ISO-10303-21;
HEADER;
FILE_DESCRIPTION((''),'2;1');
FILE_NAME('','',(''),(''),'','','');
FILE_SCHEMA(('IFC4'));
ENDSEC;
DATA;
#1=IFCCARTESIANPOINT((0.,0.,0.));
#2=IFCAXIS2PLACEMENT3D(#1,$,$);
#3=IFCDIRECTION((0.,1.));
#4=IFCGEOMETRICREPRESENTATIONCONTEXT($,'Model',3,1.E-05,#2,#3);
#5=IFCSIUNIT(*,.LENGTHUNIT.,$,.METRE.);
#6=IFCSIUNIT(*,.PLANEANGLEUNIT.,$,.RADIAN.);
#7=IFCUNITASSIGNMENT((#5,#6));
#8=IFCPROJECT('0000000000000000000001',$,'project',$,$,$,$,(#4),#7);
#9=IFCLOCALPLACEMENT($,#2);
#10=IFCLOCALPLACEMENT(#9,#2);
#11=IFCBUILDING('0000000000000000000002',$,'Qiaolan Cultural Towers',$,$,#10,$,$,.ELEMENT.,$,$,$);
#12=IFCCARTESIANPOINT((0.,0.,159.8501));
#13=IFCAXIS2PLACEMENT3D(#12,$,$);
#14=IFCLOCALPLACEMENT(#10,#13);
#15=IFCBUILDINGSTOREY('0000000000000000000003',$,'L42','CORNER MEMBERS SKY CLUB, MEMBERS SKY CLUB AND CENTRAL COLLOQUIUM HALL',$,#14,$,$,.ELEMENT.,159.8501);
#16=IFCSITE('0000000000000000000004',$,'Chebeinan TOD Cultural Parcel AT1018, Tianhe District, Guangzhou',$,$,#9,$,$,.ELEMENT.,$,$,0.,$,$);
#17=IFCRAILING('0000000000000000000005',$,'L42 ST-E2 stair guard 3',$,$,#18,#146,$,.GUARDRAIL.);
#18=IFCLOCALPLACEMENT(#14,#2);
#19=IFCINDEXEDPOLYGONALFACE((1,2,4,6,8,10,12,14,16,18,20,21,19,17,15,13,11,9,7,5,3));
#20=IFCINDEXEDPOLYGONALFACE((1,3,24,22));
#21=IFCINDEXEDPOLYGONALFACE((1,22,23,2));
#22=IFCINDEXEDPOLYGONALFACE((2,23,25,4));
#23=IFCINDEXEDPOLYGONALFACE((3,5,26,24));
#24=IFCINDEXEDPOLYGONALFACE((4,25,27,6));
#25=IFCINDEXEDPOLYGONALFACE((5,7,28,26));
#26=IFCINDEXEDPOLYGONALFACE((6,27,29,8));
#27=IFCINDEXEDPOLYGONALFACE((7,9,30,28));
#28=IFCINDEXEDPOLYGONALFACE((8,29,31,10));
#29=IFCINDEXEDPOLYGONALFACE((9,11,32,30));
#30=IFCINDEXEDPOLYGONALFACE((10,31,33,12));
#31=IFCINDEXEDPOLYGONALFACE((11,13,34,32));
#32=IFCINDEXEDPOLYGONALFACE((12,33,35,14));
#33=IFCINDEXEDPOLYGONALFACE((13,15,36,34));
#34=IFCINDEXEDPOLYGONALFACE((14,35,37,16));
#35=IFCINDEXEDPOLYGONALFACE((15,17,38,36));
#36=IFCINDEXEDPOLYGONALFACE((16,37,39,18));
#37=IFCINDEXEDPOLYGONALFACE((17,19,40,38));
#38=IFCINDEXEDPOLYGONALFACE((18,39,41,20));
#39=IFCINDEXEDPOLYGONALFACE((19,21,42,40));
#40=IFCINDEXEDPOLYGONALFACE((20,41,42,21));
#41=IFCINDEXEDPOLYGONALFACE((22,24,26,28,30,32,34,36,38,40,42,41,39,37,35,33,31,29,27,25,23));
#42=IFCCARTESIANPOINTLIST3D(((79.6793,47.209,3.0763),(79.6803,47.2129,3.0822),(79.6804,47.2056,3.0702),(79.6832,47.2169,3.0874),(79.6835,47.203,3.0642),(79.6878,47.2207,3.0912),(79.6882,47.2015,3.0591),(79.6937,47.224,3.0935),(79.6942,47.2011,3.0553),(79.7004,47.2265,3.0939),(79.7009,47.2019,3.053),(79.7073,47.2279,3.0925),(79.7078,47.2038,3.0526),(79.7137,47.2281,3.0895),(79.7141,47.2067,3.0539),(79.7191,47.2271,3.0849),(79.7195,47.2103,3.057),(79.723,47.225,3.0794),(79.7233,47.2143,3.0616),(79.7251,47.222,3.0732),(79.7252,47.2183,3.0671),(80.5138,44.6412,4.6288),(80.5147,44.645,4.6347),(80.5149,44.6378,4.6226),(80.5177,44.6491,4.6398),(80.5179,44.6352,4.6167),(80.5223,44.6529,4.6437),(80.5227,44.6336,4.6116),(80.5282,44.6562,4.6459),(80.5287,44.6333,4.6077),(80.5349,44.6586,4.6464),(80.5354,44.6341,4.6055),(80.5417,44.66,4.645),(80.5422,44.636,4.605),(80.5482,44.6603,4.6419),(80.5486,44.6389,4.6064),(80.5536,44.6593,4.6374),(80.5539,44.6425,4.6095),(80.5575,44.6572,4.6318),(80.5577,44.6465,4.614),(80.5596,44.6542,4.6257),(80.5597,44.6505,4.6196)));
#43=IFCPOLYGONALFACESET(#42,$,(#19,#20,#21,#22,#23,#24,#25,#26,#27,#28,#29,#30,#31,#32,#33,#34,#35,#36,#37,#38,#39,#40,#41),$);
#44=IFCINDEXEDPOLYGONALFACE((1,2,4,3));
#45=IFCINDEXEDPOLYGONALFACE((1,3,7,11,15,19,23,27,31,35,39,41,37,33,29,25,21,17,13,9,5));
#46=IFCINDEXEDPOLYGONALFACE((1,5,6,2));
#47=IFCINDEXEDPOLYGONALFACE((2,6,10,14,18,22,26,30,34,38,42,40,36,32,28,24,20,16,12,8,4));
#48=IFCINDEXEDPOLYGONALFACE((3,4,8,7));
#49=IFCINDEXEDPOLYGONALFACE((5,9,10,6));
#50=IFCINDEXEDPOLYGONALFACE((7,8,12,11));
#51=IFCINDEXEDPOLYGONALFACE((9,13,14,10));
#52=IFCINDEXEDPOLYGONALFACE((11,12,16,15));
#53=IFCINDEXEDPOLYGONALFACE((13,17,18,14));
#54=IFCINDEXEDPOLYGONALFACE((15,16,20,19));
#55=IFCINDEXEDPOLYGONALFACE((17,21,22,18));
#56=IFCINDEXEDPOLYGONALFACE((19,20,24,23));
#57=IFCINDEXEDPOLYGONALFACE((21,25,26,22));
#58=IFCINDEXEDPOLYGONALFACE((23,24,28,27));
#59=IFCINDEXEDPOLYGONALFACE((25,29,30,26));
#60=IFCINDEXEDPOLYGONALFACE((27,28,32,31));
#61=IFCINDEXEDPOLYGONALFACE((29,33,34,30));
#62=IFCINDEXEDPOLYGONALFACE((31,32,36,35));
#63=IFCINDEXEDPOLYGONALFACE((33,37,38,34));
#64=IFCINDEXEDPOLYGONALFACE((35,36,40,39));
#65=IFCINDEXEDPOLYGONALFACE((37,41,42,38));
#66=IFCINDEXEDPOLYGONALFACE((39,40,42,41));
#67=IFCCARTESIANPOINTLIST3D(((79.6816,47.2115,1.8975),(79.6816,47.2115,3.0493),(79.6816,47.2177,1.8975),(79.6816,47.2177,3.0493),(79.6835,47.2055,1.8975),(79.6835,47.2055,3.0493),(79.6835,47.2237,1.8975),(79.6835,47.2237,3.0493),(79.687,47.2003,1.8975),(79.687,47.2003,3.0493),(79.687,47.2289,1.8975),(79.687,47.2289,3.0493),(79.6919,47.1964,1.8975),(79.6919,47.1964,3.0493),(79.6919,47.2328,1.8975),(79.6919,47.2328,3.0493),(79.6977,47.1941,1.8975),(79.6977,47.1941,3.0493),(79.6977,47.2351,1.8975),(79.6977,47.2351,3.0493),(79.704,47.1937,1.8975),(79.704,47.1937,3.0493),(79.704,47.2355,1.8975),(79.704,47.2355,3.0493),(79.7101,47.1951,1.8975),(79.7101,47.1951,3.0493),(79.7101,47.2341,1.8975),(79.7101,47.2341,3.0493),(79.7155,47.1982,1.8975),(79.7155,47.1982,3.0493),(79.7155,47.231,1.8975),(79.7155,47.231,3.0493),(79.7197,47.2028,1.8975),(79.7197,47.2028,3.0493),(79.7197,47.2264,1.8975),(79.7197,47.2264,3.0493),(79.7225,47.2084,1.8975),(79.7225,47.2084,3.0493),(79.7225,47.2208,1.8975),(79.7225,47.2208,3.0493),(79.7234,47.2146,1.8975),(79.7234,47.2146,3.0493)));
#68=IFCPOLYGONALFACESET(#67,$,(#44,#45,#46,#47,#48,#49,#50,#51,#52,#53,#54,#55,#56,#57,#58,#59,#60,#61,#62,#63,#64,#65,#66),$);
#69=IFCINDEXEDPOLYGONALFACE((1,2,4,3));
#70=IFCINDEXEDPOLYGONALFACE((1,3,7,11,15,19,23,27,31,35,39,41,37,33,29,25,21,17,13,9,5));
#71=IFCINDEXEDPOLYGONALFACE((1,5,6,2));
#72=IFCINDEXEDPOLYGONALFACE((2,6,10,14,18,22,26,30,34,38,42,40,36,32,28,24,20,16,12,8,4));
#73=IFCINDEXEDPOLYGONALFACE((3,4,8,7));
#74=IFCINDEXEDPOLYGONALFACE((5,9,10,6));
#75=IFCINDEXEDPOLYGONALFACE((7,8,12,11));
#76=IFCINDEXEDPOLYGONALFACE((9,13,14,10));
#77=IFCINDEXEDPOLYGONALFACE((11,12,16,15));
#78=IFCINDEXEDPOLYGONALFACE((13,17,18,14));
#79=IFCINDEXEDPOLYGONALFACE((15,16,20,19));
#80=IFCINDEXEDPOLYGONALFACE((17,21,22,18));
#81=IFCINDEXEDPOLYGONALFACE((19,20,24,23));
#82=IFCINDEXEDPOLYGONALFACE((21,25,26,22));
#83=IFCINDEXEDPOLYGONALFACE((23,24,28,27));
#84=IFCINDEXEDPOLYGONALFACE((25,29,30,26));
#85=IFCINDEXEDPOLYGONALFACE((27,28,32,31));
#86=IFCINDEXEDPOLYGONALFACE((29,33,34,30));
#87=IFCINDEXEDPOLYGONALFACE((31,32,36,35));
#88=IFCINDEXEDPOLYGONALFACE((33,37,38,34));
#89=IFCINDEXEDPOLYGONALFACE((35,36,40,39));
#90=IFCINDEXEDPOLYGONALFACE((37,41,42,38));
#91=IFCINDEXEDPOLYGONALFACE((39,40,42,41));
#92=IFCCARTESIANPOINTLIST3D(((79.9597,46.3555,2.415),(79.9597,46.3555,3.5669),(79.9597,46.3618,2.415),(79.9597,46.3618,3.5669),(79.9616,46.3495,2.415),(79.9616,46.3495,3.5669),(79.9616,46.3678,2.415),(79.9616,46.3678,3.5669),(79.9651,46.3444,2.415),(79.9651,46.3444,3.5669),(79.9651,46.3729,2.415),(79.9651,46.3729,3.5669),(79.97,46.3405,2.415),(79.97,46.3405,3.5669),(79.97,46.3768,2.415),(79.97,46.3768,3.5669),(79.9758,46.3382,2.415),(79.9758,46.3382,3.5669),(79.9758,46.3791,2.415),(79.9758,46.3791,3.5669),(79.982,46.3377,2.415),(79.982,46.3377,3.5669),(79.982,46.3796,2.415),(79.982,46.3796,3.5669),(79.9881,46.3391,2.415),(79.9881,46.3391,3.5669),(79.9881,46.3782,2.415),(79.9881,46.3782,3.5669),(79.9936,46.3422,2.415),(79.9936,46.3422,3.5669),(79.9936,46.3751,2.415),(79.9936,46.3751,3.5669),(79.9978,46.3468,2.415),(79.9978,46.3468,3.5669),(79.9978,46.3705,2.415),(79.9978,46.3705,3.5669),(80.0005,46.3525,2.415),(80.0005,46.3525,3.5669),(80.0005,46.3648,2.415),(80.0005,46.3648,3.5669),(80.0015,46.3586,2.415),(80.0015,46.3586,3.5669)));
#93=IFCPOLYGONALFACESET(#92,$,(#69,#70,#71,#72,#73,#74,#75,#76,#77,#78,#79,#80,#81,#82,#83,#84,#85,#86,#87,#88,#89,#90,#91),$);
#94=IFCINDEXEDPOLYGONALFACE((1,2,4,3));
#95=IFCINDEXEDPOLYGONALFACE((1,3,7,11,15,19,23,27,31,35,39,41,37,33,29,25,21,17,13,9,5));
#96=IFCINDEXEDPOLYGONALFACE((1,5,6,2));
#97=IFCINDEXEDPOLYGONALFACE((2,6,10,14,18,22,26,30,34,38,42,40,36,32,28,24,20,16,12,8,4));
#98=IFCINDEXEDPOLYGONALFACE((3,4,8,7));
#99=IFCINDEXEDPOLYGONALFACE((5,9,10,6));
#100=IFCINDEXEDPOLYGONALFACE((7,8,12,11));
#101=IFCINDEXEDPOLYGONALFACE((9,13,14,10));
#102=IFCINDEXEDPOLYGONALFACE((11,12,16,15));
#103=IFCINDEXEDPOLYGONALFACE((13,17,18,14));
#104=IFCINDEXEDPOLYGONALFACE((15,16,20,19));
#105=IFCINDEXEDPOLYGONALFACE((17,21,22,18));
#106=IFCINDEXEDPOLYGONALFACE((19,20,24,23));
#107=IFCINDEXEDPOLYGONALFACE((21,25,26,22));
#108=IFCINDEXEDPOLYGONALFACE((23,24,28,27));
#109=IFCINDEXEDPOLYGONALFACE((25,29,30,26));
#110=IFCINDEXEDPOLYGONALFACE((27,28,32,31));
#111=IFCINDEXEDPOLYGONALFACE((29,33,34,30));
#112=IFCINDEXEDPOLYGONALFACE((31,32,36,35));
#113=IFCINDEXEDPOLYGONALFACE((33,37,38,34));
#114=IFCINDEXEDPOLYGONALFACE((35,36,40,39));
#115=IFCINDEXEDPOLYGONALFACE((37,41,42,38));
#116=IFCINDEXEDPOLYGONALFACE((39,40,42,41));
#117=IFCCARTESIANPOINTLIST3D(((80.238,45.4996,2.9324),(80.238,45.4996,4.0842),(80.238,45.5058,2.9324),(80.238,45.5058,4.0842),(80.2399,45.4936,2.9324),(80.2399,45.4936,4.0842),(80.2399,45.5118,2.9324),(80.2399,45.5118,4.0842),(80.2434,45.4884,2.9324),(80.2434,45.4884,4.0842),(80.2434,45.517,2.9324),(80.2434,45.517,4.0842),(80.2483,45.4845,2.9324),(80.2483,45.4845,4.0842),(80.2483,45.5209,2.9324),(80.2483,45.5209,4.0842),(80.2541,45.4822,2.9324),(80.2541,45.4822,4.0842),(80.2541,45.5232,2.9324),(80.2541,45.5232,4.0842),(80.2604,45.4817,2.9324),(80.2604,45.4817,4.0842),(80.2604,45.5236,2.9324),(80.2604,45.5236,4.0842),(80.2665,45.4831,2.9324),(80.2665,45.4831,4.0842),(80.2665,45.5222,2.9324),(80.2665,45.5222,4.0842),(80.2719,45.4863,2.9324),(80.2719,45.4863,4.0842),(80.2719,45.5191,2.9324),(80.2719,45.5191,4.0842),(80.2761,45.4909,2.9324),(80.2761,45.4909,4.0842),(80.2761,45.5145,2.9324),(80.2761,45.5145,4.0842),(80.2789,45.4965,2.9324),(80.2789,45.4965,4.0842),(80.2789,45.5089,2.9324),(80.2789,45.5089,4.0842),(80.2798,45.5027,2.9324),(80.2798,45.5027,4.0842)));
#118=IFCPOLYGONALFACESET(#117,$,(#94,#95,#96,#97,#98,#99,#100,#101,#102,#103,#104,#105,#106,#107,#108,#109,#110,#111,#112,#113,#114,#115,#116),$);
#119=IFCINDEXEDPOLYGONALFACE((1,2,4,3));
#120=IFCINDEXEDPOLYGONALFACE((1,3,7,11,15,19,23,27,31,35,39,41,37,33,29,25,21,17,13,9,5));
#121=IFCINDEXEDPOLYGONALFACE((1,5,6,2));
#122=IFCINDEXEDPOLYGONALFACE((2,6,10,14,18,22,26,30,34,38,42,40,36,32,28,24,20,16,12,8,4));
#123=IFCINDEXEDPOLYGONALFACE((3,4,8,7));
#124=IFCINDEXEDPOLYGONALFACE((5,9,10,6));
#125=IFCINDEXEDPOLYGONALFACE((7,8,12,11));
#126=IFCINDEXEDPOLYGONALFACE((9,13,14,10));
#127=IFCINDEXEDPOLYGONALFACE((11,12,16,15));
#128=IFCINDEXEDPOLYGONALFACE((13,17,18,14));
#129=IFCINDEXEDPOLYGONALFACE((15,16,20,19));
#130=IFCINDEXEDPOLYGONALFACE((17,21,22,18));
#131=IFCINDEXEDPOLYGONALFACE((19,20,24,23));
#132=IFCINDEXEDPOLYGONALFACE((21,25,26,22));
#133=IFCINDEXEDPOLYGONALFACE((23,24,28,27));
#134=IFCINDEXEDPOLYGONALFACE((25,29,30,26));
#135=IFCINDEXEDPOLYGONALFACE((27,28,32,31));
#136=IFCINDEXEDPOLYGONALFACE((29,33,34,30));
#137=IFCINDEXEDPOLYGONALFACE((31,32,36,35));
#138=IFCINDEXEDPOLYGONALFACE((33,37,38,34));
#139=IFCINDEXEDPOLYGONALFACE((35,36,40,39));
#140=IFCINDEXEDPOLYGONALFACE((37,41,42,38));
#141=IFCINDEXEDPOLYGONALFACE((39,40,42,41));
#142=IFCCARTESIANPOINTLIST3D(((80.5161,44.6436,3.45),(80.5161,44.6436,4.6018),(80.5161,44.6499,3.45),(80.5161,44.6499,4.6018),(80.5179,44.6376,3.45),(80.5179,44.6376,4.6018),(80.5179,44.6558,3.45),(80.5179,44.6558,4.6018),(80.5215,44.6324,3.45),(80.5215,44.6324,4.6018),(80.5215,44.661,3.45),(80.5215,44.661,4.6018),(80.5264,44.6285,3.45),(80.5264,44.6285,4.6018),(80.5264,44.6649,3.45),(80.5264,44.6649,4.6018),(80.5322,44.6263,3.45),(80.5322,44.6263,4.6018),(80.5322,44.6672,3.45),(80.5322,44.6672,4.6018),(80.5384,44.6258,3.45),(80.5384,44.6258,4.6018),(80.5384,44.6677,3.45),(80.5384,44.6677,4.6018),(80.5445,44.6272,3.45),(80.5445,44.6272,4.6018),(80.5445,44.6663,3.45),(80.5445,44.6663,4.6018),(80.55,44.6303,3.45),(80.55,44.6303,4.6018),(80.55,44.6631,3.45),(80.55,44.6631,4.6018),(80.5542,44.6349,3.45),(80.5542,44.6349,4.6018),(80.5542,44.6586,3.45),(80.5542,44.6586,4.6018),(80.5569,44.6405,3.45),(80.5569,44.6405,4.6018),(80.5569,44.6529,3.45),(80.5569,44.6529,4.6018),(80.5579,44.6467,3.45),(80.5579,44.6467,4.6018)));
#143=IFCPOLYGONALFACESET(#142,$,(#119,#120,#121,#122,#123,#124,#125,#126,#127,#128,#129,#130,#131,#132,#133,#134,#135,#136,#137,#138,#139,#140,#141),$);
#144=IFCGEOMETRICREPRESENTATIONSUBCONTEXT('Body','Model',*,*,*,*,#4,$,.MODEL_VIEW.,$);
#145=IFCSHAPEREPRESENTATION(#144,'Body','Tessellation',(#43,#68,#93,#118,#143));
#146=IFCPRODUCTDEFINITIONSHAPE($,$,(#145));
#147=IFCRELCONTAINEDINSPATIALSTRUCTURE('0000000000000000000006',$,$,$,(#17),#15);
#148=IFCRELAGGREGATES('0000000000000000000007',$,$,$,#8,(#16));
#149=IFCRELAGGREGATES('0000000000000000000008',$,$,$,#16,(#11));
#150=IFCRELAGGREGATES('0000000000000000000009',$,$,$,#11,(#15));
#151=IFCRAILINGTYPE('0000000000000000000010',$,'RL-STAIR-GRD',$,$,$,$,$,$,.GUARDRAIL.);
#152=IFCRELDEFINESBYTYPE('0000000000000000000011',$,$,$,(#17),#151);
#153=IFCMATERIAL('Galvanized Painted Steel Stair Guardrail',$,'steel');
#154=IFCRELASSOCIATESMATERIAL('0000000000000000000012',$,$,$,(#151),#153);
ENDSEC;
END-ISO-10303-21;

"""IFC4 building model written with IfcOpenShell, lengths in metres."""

from ifc_helpers import new_model, si_unit, direction, frame, origin, origin_2d, place, context, subcontext, project, spatial, circle, extrude, material, type_object, element, save


model = new_model("IFC4")

# Units and contexts
model_context = context("Model", 3, precision=1e-05, world=origin(), true_north=direction((0.0, 1.0)))
body_context = subcontext(model_context, "Body", "Model", "MODEL_VIEW")
ifc_project = project(units=[si_unit("LENGTHUNIT", "METRE"), si_unit("PLANEANGLEUNIT", "RADIAN")], contexts=[model_context])

# Site, building, storey
site_placement = place(None, origin())
site = spatial("IfcSite", under=ifc_project, at=site_placement, Name="Chebeinan TOD Cultural Parcel AT1018, Tianhe District, Guangzhou", CompositionType="ELEMENT", RefElevation=0.0)
building_placement = place(site_placement, origin())
building = spatial("IfcBuilding", under=site, at=building_placement, Name="Qiaolan Cultural Towers", CompositionType="ELEMENT")
storey_placement = place(building_placement, frame((0.0, 0.0, 159.8501)))
storey = spatial("IfcBuildingStorey", under=building, at=storey_placement, Name="L42", Description="CORNER MEMBERS SKY CLUB, MEMBERS SKY CLUB AND CENTRAL COLLOQUIUM HALL", CompositionType="ELEMENT", Elevation=159.8501)

# Railing
ifc_material_1 = material(Name="Galvanized Painted Steel Stair Guardrail", Category="steel")
railing_type_1 = type_object("IfcRailingType", Name="RL-STAIR-GRD", PredefinedType="GUARDRAIL", material=ifc_material_1)
railing_1_placement = place(storey_placement, frame((79.7024, 47.2146, 1.8975)))
element("IfcRailing", 1, at=railing_1_placement, inside=storey, type_object=railing_type_1, Name="L42 ST-E2 stair guard 3", PredefinedType="GUARDRAIL", context=body_context, shape_type="SweptSolid", body=[
    extrude(circle(Radius=0.0239, at=origin_2d()), frame((0.0, 0.0, 1.1758), z_axis=(0.267926, -0.824471, 0.498461), x_axis=(0.951043, 0.309057, 0.0)), (0.0, 0.0, 1.0), 3.1145),
    extrude(circle(Radius=0.021, at=origin_2d()), origin(), (0.0, 0.0, 1.0), 1.1519),
    extrude(circle(Radius=0.021, at=origin_2d()), frame((0.2781, -0.856, 0.5176)), (0.0, 0.0, 1.0), 1.1519),
    extrude(circle(Radius=0.021, at=origin_2d()), frame((0.5564, -1.7119, 1.0349)), (0.0, 0.0, 1.0), 1.1519),
    extrude(circle(Radius=0.021, at=origin_2d()), frame((0.8345, -2.5679, 1.5525)), (0.0, 0.0, 1.0), 1.1519),
])

save(model, "model.ifc")
